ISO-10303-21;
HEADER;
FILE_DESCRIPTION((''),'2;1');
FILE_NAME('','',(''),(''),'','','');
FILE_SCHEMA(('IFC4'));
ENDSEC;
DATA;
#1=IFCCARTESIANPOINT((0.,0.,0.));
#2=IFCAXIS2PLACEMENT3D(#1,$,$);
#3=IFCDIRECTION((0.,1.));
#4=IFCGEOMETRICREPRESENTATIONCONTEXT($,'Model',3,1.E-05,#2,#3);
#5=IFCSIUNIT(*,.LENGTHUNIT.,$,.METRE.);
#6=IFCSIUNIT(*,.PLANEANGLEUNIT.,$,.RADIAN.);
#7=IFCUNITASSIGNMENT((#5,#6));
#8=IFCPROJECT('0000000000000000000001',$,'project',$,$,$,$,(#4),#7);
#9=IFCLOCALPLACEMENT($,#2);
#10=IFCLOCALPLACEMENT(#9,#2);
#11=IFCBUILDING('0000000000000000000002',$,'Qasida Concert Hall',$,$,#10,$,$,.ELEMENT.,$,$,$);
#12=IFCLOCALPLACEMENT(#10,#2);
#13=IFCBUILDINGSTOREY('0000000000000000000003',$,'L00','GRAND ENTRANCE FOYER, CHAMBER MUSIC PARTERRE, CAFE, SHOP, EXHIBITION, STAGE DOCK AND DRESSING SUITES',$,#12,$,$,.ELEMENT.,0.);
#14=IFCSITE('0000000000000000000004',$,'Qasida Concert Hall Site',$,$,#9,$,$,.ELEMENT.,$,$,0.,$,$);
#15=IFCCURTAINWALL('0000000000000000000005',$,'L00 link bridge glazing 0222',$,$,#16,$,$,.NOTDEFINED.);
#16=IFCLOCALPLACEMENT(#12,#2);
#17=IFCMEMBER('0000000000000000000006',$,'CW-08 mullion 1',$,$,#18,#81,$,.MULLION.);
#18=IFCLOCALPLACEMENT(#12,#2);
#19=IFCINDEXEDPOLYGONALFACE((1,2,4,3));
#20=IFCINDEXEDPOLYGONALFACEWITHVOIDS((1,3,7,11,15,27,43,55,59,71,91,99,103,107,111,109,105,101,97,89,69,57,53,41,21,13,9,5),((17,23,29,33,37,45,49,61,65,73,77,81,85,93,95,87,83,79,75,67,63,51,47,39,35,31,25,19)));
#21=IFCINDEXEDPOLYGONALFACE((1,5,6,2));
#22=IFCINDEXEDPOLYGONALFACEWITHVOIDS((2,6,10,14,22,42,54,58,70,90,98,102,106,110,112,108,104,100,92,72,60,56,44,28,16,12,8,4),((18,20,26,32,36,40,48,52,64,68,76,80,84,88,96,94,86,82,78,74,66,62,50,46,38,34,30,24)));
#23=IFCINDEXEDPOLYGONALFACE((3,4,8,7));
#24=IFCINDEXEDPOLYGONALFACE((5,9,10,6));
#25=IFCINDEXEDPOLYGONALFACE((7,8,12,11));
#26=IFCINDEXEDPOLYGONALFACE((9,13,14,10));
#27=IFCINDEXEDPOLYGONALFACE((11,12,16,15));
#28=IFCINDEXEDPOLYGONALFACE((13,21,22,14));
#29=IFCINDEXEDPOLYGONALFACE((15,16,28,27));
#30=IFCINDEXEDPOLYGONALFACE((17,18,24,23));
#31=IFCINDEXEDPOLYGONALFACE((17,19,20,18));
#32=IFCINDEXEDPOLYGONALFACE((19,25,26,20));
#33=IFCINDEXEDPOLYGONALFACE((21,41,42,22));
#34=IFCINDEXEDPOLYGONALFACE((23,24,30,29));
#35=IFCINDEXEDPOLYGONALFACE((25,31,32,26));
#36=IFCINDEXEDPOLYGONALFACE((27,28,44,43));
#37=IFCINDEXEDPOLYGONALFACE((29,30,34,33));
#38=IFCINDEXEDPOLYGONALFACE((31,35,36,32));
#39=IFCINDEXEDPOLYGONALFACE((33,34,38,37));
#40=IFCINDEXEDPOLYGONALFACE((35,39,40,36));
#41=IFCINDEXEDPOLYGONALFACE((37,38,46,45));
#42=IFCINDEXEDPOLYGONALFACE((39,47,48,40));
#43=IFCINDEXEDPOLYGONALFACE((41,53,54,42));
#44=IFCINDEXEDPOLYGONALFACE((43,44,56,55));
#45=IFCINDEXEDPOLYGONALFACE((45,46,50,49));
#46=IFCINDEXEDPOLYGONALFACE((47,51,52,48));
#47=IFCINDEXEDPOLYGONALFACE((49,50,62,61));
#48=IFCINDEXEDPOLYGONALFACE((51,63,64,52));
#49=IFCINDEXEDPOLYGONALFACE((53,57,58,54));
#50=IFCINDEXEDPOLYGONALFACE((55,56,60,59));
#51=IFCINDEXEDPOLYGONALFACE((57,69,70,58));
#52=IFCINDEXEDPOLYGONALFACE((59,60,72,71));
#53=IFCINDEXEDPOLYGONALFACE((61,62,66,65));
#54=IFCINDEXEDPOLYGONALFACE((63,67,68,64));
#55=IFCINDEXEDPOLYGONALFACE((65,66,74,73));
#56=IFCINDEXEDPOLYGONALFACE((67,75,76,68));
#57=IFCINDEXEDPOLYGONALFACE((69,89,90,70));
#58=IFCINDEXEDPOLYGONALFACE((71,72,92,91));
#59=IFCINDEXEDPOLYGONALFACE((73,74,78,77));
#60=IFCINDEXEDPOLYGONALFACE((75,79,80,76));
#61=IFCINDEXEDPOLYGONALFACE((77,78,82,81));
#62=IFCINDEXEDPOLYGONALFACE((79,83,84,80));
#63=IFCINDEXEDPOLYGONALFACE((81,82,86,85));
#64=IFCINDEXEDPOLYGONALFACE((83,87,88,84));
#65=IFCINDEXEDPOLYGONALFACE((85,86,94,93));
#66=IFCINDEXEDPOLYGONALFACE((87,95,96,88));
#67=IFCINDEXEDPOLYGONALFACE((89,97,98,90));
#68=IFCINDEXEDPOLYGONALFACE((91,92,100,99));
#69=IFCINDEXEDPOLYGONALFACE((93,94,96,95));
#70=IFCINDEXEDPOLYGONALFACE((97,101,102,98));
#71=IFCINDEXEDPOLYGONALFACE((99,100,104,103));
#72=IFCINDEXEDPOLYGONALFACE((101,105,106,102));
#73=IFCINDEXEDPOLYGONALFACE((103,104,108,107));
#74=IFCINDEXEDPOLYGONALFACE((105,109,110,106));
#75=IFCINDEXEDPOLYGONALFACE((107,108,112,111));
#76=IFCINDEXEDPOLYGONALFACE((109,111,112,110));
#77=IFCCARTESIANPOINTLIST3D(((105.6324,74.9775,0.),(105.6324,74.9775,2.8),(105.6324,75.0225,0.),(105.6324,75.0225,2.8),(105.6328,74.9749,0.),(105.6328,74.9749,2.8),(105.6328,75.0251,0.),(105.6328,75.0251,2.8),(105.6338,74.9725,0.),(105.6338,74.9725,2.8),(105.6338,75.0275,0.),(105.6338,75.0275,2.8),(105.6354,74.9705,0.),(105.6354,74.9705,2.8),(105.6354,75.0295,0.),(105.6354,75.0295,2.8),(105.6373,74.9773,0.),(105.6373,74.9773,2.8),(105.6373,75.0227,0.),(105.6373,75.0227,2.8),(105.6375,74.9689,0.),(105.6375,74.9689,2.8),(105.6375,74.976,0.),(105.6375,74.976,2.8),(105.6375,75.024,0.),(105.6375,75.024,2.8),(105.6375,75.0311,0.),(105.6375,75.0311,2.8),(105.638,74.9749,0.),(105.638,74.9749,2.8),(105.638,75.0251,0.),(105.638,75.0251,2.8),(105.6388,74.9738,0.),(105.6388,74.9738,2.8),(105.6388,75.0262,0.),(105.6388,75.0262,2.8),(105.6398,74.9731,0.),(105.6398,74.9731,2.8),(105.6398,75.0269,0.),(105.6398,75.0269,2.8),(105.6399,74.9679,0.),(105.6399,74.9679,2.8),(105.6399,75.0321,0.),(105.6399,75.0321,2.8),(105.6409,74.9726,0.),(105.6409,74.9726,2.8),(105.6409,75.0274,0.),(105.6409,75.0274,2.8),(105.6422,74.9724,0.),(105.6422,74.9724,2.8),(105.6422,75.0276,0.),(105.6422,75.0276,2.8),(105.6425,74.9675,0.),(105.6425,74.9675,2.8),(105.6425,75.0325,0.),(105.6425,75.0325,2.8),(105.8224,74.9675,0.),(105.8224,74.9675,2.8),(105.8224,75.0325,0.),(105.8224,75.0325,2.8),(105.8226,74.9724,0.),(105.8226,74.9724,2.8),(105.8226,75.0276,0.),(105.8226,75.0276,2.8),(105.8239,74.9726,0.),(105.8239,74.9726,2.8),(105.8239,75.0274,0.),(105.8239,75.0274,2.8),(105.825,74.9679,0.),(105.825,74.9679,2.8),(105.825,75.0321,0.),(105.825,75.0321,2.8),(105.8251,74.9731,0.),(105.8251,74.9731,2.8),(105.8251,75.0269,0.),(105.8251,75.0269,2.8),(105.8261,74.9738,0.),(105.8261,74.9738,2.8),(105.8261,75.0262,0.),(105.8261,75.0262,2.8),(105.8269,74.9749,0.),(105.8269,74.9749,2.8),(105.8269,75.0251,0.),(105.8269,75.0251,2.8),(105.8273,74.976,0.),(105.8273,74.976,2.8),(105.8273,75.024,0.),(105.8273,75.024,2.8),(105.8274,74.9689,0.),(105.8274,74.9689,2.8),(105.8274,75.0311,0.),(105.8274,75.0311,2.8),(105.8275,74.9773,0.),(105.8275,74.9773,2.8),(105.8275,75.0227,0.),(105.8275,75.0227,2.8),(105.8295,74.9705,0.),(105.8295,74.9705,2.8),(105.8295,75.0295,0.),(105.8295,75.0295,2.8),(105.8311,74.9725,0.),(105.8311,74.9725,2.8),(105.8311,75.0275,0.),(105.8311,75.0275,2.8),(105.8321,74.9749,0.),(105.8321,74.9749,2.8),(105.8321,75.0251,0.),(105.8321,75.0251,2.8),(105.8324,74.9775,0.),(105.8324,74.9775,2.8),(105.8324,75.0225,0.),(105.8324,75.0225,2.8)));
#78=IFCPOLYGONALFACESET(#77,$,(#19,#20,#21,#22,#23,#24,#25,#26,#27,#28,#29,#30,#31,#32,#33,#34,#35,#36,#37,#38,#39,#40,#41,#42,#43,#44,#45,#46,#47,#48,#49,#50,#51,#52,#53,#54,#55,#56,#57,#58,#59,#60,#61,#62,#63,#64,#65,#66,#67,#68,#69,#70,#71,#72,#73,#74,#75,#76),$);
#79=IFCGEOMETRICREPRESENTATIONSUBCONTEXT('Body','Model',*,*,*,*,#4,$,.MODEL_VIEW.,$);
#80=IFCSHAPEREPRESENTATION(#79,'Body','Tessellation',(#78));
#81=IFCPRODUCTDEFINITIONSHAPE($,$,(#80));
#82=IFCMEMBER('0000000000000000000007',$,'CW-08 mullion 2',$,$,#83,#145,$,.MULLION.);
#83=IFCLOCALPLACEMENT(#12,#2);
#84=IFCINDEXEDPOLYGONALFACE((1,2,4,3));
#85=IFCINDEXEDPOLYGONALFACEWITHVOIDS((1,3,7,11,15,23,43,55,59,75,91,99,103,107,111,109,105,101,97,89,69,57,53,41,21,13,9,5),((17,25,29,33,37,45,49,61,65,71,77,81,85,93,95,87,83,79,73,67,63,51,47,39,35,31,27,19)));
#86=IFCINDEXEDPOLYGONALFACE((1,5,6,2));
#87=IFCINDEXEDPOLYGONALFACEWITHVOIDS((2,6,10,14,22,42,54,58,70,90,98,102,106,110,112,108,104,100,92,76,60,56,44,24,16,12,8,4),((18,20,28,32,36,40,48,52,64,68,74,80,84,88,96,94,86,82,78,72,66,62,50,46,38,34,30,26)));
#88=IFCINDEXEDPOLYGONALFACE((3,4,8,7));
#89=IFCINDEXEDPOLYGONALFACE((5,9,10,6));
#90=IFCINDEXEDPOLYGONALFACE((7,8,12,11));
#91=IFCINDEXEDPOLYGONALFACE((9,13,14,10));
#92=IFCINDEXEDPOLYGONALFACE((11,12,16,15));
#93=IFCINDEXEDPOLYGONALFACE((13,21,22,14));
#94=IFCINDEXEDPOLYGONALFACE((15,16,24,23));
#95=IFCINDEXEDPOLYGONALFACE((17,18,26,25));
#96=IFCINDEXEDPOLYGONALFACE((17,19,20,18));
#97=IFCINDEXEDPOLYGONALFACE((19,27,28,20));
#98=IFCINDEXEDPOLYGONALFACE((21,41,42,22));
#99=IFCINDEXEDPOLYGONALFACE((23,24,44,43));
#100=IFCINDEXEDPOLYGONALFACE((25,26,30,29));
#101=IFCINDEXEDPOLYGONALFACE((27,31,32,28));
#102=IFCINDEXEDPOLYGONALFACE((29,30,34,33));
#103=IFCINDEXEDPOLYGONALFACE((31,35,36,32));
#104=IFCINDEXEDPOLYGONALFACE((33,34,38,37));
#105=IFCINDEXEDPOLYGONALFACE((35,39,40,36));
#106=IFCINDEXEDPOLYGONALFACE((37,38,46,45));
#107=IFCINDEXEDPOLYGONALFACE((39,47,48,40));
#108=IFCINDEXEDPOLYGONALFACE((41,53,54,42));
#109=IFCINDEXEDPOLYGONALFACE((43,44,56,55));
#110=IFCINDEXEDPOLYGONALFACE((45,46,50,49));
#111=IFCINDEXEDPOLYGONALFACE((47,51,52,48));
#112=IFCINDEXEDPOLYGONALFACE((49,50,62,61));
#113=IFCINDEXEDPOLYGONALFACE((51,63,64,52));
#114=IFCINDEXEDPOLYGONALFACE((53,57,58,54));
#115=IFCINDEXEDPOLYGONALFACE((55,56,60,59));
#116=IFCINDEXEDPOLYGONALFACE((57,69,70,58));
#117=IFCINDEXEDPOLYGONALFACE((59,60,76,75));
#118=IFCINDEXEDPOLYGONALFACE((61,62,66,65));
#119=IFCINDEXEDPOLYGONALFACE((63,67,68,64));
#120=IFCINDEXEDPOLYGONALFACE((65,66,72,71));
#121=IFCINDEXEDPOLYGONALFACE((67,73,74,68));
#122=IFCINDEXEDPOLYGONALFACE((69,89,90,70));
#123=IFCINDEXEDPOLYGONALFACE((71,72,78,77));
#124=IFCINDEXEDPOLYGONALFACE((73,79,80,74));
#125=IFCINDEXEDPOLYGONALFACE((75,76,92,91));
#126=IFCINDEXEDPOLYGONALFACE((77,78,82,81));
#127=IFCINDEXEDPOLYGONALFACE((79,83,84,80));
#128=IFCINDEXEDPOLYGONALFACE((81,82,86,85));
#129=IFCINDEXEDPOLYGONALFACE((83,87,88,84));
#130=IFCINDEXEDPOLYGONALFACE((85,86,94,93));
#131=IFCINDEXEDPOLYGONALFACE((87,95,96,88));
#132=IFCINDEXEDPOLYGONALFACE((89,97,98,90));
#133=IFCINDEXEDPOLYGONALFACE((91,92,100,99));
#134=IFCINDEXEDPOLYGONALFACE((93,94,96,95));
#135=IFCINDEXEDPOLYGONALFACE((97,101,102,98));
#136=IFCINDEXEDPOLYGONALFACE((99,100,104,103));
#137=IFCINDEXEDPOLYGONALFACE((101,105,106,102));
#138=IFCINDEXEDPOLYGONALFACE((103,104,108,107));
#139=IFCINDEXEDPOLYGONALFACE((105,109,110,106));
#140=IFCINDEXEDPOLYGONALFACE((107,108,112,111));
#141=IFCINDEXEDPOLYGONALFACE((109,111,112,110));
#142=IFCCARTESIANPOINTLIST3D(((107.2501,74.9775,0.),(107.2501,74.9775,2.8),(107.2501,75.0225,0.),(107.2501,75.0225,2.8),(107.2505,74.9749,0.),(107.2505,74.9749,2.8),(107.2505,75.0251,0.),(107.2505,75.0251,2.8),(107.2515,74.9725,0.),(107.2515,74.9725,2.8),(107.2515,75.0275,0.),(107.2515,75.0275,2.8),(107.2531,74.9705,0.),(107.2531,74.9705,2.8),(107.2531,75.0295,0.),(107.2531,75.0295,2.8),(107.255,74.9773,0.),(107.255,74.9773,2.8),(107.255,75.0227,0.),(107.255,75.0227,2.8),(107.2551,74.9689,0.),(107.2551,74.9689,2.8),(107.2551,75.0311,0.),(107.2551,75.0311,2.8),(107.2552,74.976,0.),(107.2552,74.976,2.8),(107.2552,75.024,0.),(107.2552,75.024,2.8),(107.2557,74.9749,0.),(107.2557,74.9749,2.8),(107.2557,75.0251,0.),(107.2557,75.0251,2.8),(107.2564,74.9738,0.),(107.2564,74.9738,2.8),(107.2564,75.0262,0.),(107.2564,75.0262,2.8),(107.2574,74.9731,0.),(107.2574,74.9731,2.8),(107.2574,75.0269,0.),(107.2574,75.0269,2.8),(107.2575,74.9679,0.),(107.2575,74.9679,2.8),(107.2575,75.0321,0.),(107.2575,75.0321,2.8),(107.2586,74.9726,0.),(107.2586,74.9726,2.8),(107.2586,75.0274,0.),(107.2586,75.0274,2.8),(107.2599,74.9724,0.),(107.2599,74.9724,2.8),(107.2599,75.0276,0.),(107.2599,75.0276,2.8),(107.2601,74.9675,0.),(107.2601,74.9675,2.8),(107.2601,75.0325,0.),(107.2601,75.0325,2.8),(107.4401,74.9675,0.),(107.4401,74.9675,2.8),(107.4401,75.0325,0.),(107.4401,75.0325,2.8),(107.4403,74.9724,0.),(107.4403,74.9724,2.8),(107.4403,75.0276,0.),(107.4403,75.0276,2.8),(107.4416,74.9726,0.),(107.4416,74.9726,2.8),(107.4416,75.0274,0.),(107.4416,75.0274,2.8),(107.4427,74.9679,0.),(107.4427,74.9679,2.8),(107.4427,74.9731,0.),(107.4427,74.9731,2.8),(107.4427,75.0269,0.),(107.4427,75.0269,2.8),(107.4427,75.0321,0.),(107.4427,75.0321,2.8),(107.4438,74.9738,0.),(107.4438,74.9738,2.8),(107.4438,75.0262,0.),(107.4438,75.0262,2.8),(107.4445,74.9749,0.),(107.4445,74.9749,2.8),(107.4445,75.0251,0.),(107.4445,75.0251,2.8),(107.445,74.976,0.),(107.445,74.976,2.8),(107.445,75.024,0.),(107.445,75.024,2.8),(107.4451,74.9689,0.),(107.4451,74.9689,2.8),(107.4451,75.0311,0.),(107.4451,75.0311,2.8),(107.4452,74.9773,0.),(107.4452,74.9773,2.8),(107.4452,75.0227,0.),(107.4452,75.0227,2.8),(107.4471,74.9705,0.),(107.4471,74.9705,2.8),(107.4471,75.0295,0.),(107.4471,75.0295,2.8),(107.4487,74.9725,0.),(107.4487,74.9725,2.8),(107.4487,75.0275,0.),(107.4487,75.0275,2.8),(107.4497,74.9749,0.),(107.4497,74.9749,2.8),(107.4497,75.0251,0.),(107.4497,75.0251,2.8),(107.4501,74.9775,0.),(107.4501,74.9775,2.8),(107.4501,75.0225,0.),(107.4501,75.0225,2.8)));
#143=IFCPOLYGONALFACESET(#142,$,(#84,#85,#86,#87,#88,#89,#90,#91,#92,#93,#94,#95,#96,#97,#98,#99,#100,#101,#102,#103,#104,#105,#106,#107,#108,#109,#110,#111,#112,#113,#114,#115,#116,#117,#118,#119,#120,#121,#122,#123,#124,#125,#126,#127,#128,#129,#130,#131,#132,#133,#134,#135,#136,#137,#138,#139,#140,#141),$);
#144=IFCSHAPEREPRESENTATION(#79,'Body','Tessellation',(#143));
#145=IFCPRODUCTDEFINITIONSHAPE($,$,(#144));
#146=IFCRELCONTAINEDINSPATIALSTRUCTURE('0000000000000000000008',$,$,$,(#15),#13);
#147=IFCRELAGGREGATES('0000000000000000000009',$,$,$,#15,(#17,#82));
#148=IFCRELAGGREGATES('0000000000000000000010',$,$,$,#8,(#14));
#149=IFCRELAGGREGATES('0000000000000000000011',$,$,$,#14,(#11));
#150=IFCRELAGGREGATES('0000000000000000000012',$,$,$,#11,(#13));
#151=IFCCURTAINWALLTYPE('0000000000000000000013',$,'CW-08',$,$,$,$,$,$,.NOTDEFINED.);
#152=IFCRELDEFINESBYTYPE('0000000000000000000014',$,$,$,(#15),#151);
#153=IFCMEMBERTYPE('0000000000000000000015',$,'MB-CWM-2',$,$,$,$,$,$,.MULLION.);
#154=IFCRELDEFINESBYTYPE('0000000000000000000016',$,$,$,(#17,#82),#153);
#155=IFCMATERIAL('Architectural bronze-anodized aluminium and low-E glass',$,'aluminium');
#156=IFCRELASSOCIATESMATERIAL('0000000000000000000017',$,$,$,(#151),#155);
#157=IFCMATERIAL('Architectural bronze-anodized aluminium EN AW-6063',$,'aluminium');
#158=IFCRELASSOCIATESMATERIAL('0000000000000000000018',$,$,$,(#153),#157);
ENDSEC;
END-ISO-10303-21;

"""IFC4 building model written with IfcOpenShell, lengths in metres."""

from ifc_helpers import new_model, si_unit, direction, frame, origin, origin_2d, place, context, subcontext, project, spatial, hollow_rectangle, extrude, material, material_profile, profile_set, type_object, element, aggregate, save


model = new_model("IFC4")

# Units and contexts
model_context = context("Model", 3, precision=1e-05, world=origin(), true_north=direction((0.0, 1.0)))
body_context = subcontext(model_context, "Body", "Model", "MODEL_VIEW")
ifc_project = project(units=[si_unit("LENGTHUNIT", "METRE"), si_unit("PLANEANGLEUNIT", "RADIAN")], contexts=[model_context])

# Site, building, storey
site_placement = place(None, origin())
site = spatial("IfcSite", under=ifc_project, at=site_placement, Name="Qasida Concert Hall Site", CompositionType="ELEMENT", RefElevation=0.0)
building_placement = place(site_placement, origin())
building = spatial("IfcBuilding", under=site, at=building_placement, Name="Qasida Concert Hall", CompositionType="ELEMENT")
storey_placement = place(building_placement, origin())
storey = spatial("IfcBuildingStorey", under=building, at=storey_placement, Name="L00", Description="GRAND ENTRANCE FOYER, CHAMBER MUSIC PARTERRE, CAFE, SHOP, EXHIBITION, STAGE DOCK AND DRESSING SUITES", CompositionType="ELEMENT", Elevation=0.0)

# Curtain wall, members
ifc_material_1 = material(Name="Architectural bronze-anodized aluminium and low-E glass", Category="aluminium")
curtain_wall_type = type_object("IfcCurtainWallType", Name="CW-08", PredefinedType="NOTDEFINED", material=ifc_material_1)
curtain_wall_placement = place(storey_placement, origin())
curtain_wall = element("IfcCurtainWall", 1, at=curtain_wall_placement, inside=storey, type_object=curtain_wall_type, Name="L00 link bridge glazing 0222", PredefinedType="NOTDEFINED")
ifc_material_2 = material(Name="Architectural bronze-anodized aluminium EN AW-6063", Category="aluminium")
ifc_material_profile_1 = material_profile(ifc_material_2, hollow_rectangle(XDim=0.0649, YDim=0.2, WallThickness=0.0049, InnerFilletRadius=0.0049, OuterFilletRadius=0.01, at=origin_2d()), Name="CWM 200x65x5")
ifc_profile_set_1 = profile_set([ifc_material_profile_1], Name="Architectural bronze-anodized aluminium EN AW-6063")
member_type_1 = type_object("IfcMemberType", Name="MB-CWM-2", PredefinedType="MULLION", material=ifc_profile_set_1)
member_1_placement = place(storey_placement, frame((105.7324, 75.0, 0.0), z_axis=(0.0, 0.0, 1.0), x_axis=(0.0, 1.0, 0.0)))
member_1 = element("IfcMember", 2, at=member_1_placement, type_object=member_type_1, Name="CW-08 mullion 1", PredefinedType="MULLION", context=body_context, shape_type="SweptSolid", body=[
    extrude(hollow_rectangle(XDim=0.0649, YDim=0.2, WallThickness=0.0049, InnerFilletRadius=0.0049, OuterFilletRadius=0.01, at=origin_2d()), origin(), (0.0, 0.0, 1.0), 2.8),
])
member_2_placement = place(storey_placement, frame((107.3501, 75.0, 0.0), z_axis=(0.0, 0.0, 1.0), x_axis=(0.0, 1.0, 0.0)))
member_2 = element("IfcMember", 3, at=member_2_placement, type_object=member_type_1, Name="CW-08 mullion 2", PredefinedType="MULLION", context=body_context, shape_type="SweptSolid", body=[
    extrude(hollow_rectangle(XDim=0.0649, YDim=0.2, WallThickness=0.0049, InnerFilletRadius=0.0049, OuterFilletRadius=0.01, at=origin_2d()), origin(), (0.0, 0.0, 1.0), 2.8),
])
aggregate(curtain_wall, [member_1, member_2])

save(model, "model.ifc")
